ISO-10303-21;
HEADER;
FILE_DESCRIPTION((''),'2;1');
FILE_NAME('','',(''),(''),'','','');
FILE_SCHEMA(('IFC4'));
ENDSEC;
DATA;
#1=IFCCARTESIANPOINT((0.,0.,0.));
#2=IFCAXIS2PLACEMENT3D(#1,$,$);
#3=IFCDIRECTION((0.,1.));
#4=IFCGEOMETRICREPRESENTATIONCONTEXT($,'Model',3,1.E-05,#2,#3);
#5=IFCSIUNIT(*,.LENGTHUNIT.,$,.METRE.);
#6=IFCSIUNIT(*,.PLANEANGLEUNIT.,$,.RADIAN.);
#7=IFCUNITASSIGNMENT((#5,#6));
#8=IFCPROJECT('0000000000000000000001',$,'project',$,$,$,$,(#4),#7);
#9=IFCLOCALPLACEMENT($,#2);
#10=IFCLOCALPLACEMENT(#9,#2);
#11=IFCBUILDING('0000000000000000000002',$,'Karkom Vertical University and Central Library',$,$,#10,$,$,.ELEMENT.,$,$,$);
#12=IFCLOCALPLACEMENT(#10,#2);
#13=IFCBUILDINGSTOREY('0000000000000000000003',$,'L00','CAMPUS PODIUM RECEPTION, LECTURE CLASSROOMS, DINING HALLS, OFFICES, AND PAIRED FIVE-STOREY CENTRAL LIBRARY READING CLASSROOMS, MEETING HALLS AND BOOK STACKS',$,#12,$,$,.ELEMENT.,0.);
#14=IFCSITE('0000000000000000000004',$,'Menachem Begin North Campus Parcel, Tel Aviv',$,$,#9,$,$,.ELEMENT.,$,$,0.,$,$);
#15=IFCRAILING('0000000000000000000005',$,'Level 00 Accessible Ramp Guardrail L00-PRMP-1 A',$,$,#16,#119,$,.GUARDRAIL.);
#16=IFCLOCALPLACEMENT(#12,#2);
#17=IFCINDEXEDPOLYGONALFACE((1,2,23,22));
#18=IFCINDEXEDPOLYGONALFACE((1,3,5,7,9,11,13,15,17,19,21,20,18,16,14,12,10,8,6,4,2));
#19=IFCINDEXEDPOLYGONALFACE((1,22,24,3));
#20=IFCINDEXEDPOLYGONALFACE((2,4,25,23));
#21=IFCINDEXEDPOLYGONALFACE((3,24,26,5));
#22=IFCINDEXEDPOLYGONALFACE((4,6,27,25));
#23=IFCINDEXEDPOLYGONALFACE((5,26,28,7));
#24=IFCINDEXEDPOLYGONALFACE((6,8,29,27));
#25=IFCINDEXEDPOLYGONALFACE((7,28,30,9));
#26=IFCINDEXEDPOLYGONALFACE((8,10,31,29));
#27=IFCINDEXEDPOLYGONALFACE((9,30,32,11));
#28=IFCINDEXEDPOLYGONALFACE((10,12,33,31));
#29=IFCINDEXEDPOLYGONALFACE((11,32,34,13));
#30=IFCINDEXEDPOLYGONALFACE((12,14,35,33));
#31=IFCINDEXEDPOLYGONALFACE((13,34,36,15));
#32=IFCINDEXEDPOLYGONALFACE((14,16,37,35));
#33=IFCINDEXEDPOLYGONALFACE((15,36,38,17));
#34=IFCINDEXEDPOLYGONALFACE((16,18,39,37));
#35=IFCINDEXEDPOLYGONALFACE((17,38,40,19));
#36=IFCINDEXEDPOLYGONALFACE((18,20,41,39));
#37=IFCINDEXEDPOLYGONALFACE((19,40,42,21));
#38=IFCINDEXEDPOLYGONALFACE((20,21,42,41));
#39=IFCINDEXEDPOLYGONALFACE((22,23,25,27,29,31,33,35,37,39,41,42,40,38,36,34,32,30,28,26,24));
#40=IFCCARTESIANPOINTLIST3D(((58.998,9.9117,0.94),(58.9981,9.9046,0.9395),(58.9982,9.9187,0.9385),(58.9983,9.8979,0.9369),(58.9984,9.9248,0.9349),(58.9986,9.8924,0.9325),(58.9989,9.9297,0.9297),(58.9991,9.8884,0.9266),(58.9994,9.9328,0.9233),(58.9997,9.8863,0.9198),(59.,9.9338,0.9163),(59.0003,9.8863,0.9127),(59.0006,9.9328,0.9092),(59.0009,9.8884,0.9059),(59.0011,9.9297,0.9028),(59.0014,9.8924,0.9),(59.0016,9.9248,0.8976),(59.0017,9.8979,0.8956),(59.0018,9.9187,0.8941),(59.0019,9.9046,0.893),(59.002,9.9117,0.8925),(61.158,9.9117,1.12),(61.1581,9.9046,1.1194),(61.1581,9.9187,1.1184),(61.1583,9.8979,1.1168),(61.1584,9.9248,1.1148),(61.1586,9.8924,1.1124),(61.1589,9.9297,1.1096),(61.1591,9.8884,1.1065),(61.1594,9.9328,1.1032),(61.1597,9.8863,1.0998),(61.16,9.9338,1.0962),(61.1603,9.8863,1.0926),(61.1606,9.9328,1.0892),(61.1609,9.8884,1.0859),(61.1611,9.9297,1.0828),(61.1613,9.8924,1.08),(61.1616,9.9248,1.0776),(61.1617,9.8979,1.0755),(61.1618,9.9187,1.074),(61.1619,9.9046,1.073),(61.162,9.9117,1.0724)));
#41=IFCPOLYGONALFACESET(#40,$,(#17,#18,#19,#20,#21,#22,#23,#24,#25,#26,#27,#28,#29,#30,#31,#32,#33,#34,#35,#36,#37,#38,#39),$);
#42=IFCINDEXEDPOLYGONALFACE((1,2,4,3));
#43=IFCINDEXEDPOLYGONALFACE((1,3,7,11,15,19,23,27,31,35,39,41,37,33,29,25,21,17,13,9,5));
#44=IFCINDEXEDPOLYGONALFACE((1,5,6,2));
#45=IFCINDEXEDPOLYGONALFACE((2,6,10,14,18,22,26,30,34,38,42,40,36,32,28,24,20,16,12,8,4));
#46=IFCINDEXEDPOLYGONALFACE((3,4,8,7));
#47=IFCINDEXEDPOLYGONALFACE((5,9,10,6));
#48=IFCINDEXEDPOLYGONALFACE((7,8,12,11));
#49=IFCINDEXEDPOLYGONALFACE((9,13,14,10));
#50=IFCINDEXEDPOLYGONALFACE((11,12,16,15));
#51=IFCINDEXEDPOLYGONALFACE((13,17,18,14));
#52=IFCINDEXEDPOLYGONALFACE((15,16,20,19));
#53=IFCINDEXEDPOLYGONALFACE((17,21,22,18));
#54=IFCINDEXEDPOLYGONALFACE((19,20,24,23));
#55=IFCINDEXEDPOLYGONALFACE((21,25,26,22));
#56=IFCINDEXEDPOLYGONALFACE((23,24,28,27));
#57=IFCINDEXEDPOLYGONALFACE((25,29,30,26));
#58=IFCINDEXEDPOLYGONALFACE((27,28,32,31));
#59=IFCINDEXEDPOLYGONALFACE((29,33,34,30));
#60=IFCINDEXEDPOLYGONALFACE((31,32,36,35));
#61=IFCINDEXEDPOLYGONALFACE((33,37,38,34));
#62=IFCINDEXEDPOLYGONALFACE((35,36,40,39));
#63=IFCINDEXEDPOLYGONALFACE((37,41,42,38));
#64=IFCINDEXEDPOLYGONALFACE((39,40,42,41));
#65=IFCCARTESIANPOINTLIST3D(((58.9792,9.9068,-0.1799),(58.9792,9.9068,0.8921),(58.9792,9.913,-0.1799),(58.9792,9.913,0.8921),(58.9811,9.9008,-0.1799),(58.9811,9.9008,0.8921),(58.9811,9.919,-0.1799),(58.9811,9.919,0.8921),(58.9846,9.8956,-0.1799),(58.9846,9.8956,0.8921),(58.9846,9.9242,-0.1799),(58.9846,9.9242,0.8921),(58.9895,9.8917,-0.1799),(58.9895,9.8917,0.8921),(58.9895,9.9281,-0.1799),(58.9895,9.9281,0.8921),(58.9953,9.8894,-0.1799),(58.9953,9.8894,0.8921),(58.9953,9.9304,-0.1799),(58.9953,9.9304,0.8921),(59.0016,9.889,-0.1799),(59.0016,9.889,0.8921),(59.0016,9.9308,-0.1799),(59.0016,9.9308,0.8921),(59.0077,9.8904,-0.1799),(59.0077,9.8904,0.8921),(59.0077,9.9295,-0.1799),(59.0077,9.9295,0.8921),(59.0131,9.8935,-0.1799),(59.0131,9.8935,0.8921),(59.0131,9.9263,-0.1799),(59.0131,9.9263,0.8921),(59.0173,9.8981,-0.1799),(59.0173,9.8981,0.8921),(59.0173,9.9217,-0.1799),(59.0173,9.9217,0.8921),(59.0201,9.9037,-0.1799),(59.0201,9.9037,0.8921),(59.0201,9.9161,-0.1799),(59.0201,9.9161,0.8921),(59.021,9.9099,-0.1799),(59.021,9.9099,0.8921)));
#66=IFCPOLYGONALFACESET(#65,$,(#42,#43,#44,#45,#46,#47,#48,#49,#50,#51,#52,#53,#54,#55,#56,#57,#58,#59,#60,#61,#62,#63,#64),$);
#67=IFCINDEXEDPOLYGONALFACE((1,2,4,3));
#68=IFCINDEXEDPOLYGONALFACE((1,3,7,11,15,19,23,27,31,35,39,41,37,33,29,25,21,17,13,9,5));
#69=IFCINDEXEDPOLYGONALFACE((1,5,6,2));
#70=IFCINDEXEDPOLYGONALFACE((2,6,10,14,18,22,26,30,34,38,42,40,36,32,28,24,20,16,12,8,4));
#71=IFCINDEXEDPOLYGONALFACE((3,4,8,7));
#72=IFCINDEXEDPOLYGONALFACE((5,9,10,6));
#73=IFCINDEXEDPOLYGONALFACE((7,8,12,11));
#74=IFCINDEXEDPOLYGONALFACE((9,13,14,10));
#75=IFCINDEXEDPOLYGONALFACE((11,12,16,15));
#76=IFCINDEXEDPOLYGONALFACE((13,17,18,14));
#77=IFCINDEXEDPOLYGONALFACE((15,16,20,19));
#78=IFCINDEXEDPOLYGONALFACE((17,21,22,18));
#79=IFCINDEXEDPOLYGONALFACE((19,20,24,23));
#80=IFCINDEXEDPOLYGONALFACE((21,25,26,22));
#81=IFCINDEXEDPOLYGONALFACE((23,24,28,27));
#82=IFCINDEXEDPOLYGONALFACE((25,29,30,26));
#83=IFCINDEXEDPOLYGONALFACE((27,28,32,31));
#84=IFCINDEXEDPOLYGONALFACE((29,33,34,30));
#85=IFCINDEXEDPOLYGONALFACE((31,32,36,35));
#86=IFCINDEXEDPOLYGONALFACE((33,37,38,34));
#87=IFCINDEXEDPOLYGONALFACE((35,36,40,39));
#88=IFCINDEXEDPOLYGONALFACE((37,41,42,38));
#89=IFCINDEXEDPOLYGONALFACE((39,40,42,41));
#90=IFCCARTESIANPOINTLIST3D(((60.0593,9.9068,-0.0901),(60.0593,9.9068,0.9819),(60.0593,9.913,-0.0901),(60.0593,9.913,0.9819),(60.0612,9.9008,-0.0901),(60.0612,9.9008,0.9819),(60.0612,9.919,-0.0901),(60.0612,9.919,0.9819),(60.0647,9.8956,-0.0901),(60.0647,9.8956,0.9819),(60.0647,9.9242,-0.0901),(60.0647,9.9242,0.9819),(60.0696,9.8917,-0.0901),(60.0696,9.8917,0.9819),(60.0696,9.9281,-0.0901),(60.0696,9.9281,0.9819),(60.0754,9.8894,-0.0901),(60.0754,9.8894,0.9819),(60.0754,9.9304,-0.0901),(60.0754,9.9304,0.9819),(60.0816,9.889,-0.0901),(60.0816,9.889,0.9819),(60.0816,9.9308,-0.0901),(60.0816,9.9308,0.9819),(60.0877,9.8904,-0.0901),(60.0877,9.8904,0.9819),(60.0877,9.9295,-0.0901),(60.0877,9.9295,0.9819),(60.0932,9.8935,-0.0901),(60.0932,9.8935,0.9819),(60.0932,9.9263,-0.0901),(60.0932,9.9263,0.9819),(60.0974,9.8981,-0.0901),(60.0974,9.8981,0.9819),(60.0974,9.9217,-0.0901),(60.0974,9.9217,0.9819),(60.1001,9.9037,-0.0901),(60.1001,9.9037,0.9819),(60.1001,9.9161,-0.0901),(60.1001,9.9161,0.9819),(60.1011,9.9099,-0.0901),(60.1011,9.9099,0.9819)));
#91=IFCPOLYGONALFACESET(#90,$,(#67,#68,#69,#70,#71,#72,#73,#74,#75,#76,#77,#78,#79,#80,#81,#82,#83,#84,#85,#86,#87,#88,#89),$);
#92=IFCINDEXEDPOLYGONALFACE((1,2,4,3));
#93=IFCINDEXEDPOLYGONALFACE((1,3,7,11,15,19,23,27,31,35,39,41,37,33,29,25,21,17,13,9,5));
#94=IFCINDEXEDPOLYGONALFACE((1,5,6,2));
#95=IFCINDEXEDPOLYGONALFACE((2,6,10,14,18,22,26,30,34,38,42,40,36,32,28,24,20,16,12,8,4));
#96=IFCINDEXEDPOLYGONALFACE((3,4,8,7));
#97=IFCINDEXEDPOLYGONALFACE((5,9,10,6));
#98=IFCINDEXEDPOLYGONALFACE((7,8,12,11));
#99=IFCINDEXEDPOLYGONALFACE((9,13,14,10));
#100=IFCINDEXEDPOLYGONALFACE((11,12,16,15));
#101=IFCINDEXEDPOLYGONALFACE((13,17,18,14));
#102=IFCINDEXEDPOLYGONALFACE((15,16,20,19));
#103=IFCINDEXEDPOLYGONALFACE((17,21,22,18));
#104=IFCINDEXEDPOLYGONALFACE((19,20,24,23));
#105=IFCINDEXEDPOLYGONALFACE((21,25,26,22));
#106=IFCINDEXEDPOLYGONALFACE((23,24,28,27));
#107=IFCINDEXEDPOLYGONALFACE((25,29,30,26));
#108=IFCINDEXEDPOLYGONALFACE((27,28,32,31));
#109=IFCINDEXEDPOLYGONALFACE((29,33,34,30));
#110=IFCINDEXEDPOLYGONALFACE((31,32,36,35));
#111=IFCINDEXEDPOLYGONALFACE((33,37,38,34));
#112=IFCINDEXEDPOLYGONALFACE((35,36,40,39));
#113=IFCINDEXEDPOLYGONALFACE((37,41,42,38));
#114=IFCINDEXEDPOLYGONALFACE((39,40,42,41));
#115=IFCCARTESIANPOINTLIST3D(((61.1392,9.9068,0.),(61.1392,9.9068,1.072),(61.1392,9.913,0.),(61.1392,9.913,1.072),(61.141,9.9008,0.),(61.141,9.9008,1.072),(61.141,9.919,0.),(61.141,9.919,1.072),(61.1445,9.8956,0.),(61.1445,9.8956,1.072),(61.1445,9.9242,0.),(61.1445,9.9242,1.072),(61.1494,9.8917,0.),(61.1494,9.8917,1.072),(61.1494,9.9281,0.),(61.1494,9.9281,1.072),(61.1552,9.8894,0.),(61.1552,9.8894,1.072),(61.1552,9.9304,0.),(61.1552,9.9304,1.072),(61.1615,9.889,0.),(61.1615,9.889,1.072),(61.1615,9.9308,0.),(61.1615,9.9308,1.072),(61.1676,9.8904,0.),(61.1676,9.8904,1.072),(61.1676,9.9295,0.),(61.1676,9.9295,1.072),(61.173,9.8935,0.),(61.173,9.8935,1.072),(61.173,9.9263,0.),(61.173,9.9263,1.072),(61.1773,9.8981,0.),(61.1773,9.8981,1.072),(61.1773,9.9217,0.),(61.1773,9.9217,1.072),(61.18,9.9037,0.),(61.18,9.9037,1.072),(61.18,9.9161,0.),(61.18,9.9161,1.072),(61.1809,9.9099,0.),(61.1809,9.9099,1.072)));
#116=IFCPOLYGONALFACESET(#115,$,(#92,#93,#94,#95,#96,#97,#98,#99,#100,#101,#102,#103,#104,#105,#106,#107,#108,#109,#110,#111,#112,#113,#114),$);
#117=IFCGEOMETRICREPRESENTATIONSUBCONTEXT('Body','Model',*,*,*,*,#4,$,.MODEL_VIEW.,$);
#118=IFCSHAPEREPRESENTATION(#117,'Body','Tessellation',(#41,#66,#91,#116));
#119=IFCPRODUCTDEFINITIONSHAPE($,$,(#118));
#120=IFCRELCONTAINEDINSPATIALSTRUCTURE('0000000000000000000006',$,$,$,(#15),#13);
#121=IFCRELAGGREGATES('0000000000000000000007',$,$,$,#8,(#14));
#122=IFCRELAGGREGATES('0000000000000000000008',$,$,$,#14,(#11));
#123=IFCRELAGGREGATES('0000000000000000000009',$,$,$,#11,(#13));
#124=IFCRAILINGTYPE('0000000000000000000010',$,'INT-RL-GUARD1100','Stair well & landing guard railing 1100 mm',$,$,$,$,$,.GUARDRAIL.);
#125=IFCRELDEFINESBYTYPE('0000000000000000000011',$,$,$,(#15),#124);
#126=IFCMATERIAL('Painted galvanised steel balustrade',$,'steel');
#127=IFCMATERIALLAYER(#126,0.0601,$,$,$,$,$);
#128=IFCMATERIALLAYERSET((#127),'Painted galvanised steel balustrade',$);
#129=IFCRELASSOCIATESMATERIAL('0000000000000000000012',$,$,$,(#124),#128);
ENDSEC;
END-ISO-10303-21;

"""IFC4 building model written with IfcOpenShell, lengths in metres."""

from ifc_helpers import new_model, si_unit, direction, frame, origin, origin_2d, place, context, subcontext, project, spatial, circle, extrude, material, layer, layer_set, type_object, element, save


model = new_model("IFC4")

# Units and contexts
model_context = context("Model", 3, precision=1e-05, world=origin(), true_north=direction((0.0, 1.0)))
body_context = subcontext(model_context, "Body", "Model", "MODEL_VIEW")
ifc_project = project(units=[si_unit("LENGTHUNIT", "METRE"), si_unit("PLANEANGLEUNIT", "RADIAN")], contexts=[model_context])

# Site, building, storey
site_placement = place(None, origin())
site = spatial("IfcSite", under=ifc_project, at=site_placement, Name="Menachem Begin North Campus Parcel, Tel Aviv", CompositionType="ELEMENT", RefElevation=0.0)
building_placement = place(site_placement, origin())
building = spatial("IfcBuilding", under=site, at=building_placement, Name="Karkom Vertical University and Central Library", CompositionType="ELEMENT")
storey_placement = place(building_placement, origin())
storey = spatial("IfcBuildingStorey", under=building, at=storey_placement, Name="L00", Description="CAMPUS PODIUM RECEPTION, LECTURE CLASSROOMS, DINING HALLS, OFFICES, AND PAIRED FIVE-STOREY CENTRAL LIBRARY READING CLASSROOMS, MEETING HALLS AND BOOK STACKS", CompositionType="ELEMENT", Elevation=0.0)

# Railing
ifc_material_1 = material(Name="Painted galvanised steel balustrade", Category="steel")
ifc_layer_1 = layer(ifc_material_1, 0.0601)
ifc_layer_set_1 = layer_set([ifc_layer_1], Name="Painted galvanised steel balustrade")
railing_type = type_object("IfcRailingType", Name="INT-RL-GUARD1100", Description="Stair well & landing guard railing 1100 mm", PredefinedType="GUARDRAIL", material=ifc_layer_set_1)
for number, where, name in (
    (1, (59.0, 9.9099, -0.1799), "Level 00 Accessible Ramp Guardrail L00-PRMP-1 A"),
):
    element("IfcRailing", number, at=place(storey_placement, frame(where)), inside=storey, type_object=railing_type, Name=name, PredefinedType="GUARDRAIL", context=body_context, shape_type="SweptSolid", body=[
        extrude(circle(Radius=0.0239, at=origin_2d()), frame((0.0, 0.0, 1.0962), z_axis=(0.996548, 0.0, 0.083018), x_axis=(0.0, 1.0, 0.0)), (0.0, 0.0, 1.0), 2.1675),
        extrude(circle(Radius=0.021, at=origin_2d()), origin(), (0.0, 0.0, 1.0), 1.072),
        extrude(circle(Radius=0.021, at=origin_2d()), frame((1.0801, 0.0, 0.0898)), (0.0, 0.0, 1.0), 1.072),
        extrude(circle(Radius=0.021, at=origin_2d()), frame((2.1599, 0.0, 0.1799)), (0.0, 0.0, 1.0), 1.072),
    ])

save(model, "model.ifc")
